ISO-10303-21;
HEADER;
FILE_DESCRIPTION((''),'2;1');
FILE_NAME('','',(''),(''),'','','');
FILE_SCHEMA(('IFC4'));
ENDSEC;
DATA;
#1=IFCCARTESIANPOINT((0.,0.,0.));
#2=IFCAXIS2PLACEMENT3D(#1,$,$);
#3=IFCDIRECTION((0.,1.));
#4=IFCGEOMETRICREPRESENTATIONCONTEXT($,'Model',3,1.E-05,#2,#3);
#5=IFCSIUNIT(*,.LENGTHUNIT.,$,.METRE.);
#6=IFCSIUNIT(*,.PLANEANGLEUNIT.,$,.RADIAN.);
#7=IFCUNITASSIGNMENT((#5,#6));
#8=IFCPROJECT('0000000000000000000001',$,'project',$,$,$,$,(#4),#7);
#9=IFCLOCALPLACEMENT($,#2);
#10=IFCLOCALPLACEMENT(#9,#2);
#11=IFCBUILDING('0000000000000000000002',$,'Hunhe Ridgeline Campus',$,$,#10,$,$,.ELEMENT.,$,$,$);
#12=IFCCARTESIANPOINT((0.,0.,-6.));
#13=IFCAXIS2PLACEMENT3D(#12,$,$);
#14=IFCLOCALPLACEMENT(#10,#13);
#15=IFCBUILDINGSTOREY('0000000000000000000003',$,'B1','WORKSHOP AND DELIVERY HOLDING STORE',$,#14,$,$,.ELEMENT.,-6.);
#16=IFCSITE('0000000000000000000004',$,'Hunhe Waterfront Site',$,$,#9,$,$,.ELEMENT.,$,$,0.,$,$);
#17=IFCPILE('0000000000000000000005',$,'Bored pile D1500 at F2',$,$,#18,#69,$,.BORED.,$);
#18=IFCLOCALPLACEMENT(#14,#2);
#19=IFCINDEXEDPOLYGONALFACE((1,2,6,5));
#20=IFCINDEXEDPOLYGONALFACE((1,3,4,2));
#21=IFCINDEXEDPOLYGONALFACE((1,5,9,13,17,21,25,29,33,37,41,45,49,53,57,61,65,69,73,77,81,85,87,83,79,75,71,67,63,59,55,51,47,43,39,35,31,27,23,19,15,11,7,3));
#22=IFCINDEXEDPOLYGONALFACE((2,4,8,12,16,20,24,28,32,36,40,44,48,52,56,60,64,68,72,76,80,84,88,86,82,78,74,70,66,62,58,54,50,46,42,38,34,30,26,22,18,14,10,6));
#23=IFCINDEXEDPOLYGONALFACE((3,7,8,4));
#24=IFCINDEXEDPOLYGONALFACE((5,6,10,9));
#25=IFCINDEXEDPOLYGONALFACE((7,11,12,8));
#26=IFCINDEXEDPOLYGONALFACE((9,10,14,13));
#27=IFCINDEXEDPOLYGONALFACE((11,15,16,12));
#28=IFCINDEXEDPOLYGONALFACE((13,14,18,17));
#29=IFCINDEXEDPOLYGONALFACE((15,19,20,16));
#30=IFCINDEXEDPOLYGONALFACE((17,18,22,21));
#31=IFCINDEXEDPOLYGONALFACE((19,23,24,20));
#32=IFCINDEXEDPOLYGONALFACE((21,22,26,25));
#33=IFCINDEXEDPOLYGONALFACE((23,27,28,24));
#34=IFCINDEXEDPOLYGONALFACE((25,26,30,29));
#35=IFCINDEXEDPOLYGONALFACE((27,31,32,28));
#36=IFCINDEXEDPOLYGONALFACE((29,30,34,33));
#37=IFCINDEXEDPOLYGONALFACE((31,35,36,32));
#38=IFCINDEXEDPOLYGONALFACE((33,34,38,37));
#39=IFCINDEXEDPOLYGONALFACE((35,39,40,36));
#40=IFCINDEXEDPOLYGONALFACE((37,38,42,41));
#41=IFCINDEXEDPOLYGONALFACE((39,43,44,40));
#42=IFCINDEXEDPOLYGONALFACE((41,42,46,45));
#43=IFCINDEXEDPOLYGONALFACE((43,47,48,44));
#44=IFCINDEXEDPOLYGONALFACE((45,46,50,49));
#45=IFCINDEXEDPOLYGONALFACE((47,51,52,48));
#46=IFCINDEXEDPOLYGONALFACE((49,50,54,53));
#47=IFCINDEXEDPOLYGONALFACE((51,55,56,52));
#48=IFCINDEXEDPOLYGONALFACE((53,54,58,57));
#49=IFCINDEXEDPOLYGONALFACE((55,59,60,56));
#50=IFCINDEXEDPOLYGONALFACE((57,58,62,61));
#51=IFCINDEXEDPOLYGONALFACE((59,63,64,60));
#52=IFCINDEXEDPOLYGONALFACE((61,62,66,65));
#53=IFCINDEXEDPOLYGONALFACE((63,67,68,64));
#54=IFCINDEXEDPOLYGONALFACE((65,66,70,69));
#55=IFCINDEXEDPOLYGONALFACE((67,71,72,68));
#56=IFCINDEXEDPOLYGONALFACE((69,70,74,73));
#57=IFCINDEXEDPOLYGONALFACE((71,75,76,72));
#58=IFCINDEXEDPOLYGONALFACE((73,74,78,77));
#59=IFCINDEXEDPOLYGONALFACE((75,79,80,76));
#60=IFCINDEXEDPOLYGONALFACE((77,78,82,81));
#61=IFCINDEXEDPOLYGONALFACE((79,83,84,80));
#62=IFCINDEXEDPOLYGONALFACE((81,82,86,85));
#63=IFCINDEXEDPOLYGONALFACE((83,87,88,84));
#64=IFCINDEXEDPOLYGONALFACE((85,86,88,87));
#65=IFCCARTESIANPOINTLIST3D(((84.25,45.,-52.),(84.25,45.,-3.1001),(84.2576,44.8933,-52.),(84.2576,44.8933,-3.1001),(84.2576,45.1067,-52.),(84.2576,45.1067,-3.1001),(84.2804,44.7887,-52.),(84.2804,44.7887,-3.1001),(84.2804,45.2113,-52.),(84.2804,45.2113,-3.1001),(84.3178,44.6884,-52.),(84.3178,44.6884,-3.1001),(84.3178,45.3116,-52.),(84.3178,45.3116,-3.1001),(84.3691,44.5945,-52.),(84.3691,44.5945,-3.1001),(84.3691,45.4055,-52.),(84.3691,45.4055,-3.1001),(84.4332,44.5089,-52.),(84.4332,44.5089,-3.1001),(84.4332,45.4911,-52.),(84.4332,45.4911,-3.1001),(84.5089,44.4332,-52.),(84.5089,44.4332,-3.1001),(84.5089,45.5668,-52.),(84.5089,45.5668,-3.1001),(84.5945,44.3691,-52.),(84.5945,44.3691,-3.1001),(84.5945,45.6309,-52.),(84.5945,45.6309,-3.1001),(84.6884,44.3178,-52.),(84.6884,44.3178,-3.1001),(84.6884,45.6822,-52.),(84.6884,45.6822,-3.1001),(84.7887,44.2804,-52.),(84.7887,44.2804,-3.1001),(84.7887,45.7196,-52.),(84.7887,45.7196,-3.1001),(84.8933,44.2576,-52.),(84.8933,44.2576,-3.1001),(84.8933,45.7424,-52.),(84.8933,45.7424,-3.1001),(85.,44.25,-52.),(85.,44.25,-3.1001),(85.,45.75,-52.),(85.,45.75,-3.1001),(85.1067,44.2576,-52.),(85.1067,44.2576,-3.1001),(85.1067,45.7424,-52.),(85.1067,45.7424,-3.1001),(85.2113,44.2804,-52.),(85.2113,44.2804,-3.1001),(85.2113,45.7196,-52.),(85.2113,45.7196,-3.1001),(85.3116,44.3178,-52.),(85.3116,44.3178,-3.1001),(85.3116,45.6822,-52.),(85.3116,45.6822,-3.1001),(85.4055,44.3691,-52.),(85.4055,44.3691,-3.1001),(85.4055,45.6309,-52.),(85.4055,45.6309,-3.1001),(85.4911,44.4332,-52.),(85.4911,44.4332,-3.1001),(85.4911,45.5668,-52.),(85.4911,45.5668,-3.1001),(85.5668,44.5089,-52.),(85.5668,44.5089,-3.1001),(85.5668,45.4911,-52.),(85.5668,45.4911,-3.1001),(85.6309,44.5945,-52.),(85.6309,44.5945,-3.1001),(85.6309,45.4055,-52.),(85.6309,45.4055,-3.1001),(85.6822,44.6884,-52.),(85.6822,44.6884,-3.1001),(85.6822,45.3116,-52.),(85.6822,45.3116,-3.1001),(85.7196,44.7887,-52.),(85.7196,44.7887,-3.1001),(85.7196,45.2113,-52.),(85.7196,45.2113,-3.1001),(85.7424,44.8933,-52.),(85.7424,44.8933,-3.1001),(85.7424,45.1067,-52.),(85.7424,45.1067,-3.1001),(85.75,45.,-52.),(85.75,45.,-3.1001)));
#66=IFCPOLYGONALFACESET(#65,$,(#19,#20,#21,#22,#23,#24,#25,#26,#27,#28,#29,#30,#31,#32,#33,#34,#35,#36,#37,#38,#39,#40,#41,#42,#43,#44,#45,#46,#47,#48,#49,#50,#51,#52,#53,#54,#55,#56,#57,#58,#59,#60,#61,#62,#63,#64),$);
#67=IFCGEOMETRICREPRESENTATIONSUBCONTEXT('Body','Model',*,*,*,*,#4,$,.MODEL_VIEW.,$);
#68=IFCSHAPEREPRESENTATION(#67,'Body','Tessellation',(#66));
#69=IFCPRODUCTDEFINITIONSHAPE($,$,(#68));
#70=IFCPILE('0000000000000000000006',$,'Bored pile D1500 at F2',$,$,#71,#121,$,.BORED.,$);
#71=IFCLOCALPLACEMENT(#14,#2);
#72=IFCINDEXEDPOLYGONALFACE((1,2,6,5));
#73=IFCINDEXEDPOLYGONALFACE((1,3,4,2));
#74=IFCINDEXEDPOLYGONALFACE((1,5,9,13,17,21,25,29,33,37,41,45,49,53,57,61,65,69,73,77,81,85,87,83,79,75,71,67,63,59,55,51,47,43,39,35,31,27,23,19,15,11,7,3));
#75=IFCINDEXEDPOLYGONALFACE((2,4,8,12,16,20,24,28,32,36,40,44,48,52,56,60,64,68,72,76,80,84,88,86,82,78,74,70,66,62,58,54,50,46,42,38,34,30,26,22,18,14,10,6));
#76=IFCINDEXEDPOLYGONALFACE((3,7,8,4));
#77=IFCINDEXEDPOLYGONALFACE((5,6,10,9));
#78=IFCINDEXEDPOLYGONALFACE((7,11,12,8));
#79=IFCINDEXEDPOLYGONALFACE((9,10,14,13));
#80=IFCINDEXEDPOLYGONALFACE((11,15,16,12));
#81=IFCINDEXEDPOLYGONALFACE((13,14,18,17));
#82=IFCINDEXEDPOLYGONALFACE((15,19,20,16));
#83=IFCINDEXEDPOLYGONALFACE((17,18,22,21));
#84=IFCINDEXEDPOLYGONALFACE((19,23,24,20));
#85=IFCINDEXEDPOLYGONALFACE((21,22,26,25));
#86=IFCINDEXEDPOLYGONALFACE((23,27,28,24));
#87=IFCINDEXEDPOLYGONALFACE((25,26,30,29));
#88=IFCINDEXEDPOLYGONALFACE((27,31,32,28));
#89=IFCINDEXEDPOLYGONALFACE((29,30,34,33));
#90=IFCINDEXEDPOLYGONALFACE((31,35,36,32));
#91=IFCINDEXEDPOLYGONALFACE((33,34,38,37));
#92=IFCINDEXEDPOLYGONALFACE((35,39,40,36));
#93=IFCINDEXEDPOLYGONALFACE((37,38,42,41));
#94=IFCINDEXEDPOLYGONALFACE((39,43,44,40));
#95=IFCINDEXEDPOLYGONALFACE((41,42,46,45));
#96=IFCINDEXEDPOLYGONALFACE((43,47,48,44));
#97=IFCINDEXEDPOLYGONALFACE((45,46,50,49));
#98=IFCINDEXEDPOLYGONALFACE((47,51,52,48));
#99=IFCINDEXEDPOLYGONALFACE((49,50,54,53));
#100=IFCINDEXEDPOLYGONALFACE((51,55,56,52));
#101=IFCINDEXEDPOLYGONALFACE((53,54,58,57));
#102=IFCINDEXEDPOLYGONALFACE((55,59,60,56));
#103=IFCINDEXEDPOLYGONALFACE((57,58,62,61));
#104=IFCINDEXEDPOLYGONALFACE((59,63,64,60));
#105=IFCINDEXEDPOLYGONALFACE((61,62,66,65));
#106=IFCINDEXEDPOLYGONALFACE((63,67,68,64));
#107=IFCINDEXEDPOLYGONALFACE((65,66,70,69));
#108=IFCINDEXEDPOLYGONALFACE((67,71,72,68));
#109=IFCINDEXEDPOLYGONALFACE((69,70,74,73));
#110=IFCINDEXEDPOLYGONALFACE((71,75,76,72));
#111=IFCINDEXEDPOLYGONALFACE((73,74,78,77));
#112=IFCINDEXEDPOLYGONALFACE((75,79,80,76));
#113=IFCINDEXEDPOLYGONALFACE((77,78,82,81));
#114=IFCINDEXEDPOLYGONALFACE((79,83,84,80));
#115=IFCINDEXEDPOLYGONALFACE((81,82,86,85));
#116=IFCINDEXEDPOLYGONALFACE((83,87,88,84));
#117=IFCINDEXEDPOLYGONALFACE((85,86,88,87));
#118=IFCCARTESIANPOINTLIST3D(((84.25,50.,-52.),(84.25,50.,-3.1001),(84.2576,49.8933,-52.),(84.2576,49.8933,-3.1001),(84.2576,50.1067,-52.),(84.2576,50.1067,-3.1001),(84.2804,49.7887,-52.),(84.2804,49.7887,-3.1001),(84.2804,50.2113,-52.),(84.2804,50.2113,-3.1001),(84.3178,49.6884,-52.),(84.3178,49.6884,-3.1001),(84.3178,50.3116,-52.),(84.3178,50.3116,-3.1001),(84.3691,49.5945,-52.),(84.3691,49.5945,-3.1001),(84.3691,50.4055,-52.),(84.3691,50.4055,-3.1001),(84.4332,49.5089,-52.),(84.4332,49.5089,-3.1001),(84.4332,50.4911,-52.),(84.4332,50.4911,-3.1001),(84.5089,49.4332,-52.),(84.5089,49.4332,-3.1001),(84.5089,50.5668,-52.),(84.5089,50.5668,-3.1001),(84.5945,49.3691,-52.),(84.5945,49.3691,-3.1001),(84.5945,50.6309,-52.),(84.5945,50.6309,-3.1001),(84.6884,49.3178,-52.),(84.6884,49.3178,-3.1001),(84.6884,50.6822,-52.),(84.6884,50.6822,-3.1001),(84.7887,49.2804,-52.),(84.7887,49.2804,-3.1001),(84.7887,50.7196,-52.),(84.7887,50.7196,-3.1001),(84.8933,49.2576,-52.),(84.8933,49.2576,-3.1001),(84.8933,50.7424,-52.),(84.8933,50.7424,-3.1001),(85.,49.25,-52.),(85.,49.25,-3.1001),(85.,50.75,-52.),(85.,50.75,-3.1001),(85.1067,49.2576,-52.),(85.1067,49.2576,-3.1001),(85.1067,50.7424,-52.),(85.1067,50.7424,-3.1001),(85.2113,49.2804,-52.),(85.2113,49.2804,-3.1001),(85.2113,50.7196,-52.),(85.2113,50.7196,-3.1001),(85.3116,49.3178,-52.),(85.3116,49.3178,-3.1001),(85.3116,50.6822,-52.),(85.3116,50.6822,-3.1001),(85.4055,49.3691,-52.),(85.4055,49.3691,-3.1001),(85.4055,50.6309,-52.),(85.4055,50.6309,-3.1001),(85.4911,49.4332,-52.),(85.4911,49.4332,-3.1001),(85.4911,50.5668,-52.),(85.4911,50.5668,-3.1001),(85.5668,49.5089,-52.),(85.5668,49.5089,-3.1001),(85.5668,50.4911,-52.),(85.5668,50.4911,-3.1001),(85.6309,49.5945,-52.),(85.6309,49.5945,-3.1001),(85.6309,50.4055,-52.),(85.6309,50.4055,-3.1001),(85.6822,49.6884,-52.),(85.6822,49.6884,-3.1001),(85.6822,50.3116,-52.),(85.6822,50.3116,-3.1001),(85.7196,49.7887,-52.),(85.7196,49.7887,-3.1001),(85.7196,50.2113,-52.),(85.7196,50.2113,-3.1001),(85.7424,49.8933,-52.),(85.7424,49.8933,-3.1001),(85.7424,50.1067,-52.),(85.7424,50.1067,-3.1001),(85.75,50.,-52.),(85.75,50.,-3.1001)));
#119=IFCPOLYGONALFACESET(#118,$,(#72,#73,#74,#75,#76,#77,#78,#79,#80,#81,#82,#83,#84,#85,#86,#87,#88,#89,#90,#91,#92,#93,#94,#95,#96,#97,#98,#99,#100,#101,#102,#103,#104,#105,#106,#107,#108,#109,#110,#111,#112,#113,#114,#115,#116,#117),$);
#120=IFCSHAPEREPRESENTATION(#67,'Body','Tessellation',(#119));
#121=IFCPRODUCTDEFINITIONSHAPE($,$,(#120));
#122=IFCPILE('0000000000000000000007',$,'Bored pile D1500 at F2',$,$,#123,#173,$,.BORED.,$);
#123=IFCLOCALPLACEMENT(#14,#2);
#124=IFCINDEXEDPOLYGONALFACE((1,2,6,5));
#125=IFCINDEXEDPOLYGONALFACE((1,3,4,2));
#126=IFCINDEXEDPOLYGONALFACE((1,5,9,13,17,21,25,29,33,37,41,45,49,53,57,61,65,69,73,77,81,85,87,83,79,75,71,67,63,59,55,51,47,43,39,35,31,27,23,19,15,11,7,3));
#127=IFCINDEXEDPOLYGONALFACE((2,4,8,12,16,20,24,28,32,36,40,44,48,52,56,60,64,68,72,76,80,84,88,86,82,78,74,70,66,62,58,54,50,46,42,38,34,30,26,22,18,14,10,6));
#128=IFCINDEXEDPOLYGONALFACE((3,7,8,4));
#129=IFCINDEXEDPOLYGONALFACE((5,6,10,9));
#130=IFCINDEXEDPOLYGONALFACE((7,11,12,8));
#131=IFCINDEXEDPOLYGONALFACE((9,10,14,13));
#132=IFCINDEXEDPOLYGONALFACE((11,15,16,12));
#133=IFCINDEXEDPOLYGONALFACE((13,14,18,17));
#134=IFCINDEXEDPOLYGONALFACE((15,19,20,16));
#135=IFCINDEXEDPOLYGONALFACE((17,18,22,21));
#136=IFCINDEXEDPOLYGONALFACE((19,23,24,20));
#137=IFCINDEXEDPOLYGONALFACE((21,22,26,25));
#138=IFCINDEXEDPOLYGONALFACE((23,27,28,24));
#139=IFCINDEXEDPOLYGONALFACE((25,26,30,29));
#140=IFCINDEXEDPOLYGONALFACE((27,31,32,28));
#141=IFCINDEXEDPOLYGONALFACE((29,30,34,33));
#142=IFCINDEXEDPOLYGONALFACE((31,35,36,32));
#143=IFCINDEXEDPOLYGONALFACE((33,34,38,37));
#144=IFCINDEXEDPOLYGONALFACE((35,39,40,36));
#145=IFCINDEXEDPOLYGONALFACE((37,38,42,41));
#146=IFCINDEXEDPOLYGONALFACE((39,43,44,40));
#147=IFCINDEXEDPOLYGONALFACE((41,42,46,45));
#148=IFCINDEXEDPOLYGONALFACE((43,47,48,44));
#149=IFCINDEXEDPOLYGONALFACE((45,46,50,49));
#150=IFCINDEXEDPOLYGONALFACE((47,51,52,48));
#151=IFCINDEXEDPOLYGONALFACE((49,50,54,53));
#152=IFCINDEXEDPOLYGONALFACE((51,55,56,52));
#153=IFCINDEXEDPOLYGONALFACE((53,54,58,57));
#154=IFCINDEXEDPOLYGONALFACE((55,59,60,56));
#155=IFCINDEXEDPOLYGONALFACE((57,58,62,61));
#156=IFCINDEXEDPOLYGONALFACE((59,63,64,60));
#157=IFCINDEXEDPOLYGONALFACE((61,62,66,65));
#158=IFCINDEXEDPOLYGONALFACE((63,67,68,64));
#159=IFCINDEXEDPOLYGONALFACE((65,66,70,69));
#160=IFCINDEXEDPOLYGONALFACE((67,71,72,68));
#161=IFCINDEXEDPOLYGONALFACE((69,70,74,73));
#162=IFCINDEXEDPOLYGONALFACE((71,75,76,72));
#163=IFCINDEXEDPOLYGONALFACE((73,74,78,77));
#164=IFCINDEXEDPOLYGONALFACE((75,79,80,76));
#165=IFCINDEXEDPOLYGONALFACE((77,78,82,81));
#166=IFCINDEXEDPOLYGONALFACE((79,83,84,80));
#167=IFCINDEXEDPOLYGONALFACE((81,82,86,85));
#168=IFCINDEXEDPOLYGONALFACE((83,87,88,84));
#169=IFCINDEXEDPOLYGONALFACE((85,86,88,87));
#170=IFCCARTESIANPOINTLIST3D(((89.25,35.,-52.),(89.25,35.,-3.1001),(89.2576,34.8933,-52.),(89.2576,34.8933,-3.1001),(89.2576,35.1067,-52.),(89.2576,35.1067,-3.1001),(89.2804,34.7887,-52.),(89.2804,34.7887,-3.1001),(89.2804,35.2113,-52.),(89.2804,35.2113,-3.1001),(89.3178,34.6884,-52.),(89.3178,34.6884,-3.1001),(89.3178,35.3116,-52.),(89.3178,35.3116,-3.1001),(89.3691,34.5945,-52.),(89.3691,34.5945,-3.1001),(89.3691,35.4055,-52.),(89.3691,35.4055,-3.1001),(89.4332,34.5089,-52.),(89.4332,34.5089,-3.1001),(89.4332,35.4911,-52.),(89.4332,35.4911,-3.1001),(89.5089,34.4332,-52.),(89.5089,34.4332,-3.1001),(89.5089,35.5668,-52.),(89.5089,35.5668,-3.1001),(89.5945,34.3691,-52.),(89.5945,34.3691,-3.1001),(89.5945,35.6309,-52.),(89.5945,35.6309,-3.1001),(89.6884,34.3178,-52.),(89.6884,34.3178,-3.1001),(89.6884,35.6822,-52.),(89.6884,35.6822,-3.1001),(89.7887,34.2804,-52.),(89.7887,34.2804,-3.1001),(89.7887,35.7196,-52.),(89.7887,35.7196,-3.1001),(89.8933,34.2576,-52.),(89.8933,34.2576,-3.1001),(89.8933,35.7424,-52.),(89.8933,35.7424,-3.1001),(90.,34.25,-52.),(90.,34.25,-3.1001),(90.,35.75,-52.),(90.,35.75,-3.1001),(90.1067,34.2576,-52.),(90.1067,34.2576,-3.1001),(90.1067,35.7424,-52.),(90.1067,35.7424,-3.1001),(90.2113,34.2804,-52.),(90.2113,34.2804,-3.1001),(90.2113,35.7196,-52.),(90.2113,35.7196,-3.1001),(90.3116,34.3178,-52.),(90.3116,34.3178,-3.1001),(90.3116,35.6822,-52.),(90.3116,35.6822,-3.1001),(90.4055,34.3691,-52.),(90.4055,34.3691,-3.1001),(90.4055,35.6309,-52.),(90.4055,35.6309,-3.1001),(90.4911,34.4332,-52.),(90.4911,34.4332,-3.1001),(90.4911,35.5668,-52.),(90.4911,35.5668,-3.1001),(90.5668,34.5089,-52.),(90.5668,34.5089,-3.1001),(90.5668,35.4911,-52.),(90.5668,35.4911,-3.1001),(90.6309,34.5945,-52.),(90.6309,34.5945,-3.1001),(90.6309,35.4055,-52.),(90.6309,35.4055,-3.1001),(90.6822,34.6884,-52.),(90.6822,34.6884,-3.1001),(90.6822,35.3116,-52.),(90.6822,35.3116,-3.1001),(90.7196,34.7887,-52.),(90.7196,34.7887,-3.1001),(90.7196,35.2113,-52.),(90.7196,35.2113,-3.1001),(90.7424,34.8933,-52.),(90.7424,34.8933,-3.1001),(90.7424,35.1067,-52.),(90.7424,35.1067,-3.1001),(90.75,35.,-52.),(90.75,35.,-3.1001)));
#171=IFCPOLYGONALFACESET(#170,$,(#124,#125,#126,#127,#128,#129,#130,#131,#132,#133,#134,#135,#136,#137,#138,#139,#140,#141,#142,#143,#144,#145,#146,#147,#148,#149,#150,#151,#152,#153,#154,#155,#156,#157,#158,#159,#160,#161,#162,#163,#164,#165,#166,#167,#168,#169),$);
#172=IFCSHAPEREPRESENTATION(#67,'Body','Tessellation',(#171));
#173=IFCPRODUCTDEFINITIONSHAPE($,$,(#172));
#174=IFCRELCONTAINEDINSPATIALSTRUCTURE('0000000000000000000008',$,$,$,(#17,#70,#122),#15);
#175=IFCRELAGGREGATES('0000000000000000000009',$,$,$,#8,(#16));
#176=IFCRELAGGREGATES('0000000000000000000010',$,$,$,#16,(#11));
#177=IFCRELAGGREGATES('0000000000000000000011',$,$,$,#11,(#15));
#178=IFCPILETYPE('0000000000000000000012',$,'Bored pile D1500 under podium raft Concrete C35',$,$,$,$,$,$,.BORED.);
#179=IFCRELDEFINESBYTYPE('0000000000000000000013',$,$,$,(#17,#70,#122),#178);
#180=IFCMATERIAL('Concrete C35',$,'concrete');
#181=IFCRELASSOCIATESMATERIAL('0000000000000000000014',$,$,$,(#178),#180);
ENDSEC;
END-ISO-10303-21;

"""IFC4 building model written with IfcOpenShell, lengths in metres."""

from ifc_helpers import new_model, si_unit, direction, frame, origin, origin_2d, place, context, subcontext, project, spatial, circle, extrude, material, material_profile, profile_set, type_object, element, save


model = new_model("IFC4")

# Units and contexts
model_context = context("Model", 3, precision=1e-05, world=origin(), true_north=direction((0.0, 1.0)))
body_context = subcontext(model_context, "Body", "Model", "MODEL_VIEW")
ifc_project = project(units=[si_unit("LENGTHUNIT", "METRE"), si_unit("PLANEANGLEUNIT", "RADIAN")], contexts=[model_context])

# Site, building, storey
site_placement = place(None, origin())
site = spatial("IfcSite", under=ifc_project, at=site_placement, Name="Hunhe Waterfront Site", CompositionType="ELEMENT", RefElevation=0.0)
building_placement = place(site_placement, origin())
building = spatial("IfcBuilding", under=site, at=building_placement, Name="Hunhe Ridgeline Campus", CompositionType="ELEMENT")
storey_placement = place(building_placement, frame((0.0, 0.0, -6.0)))
storey = spatial("IfcBuildingStorey", under=building, at=storey_placement, Name="B1", Description="WORKSHOP AND DELIVERY HOLDING STORE", CompositionType="ELEMENT", Elevation=-6.0)

# Piles
ifc_material_1 = material(Name="Concrete C35", Category="concrete")
ifc_material_profile_1 = material_profile(ifc_material_1, circle(Radius=0.75, at=origin_2d()))
ifc_profile_set_1 = profile_set([ifc_material_profile_1], Name="Concrete C35")
pile_type_1 = type_object("IfcPileType", Name="Bored pile D1500 under podium raft Concrete C35", PredefinedType="BORED", material=ifc_profile_set_1)
for number, where, z_axis, x_axis, name in (
    (1, (85.0, 45.0, -3.1001), (0.0, 0.0, -1.0), (1.0, 0.0, 0.0), "Bored pile D1500 at F2"),
    (2, (85.0, 50.0, -3.1001), (0.0, 0.0, -1.0), (1.0, 0.0, 0.0), "Bored pile D1500 at F2"),
    (3, (90.0, 35.0, -3.1001), (0.0, 0.0, -1.0), (1.0, 0.0, 0.0), "Bored pile D1500 at F2"),
):
    element("IfcPile", number, at=place(storey_placement, frame(where, z_axis=z_axis, x_axis=x_axis)), inside=storey, type_object=pile_type_1, Name=name, PredefinedType="BORED", context=body_context, shape_type="SweptSolid", body=[
        extrude(circle(Radius=0.75, at=origin_2d()), origin(), (0.0, 0.0, 1.0), 48.8999),
    ])

save(model, "model.ifc")
